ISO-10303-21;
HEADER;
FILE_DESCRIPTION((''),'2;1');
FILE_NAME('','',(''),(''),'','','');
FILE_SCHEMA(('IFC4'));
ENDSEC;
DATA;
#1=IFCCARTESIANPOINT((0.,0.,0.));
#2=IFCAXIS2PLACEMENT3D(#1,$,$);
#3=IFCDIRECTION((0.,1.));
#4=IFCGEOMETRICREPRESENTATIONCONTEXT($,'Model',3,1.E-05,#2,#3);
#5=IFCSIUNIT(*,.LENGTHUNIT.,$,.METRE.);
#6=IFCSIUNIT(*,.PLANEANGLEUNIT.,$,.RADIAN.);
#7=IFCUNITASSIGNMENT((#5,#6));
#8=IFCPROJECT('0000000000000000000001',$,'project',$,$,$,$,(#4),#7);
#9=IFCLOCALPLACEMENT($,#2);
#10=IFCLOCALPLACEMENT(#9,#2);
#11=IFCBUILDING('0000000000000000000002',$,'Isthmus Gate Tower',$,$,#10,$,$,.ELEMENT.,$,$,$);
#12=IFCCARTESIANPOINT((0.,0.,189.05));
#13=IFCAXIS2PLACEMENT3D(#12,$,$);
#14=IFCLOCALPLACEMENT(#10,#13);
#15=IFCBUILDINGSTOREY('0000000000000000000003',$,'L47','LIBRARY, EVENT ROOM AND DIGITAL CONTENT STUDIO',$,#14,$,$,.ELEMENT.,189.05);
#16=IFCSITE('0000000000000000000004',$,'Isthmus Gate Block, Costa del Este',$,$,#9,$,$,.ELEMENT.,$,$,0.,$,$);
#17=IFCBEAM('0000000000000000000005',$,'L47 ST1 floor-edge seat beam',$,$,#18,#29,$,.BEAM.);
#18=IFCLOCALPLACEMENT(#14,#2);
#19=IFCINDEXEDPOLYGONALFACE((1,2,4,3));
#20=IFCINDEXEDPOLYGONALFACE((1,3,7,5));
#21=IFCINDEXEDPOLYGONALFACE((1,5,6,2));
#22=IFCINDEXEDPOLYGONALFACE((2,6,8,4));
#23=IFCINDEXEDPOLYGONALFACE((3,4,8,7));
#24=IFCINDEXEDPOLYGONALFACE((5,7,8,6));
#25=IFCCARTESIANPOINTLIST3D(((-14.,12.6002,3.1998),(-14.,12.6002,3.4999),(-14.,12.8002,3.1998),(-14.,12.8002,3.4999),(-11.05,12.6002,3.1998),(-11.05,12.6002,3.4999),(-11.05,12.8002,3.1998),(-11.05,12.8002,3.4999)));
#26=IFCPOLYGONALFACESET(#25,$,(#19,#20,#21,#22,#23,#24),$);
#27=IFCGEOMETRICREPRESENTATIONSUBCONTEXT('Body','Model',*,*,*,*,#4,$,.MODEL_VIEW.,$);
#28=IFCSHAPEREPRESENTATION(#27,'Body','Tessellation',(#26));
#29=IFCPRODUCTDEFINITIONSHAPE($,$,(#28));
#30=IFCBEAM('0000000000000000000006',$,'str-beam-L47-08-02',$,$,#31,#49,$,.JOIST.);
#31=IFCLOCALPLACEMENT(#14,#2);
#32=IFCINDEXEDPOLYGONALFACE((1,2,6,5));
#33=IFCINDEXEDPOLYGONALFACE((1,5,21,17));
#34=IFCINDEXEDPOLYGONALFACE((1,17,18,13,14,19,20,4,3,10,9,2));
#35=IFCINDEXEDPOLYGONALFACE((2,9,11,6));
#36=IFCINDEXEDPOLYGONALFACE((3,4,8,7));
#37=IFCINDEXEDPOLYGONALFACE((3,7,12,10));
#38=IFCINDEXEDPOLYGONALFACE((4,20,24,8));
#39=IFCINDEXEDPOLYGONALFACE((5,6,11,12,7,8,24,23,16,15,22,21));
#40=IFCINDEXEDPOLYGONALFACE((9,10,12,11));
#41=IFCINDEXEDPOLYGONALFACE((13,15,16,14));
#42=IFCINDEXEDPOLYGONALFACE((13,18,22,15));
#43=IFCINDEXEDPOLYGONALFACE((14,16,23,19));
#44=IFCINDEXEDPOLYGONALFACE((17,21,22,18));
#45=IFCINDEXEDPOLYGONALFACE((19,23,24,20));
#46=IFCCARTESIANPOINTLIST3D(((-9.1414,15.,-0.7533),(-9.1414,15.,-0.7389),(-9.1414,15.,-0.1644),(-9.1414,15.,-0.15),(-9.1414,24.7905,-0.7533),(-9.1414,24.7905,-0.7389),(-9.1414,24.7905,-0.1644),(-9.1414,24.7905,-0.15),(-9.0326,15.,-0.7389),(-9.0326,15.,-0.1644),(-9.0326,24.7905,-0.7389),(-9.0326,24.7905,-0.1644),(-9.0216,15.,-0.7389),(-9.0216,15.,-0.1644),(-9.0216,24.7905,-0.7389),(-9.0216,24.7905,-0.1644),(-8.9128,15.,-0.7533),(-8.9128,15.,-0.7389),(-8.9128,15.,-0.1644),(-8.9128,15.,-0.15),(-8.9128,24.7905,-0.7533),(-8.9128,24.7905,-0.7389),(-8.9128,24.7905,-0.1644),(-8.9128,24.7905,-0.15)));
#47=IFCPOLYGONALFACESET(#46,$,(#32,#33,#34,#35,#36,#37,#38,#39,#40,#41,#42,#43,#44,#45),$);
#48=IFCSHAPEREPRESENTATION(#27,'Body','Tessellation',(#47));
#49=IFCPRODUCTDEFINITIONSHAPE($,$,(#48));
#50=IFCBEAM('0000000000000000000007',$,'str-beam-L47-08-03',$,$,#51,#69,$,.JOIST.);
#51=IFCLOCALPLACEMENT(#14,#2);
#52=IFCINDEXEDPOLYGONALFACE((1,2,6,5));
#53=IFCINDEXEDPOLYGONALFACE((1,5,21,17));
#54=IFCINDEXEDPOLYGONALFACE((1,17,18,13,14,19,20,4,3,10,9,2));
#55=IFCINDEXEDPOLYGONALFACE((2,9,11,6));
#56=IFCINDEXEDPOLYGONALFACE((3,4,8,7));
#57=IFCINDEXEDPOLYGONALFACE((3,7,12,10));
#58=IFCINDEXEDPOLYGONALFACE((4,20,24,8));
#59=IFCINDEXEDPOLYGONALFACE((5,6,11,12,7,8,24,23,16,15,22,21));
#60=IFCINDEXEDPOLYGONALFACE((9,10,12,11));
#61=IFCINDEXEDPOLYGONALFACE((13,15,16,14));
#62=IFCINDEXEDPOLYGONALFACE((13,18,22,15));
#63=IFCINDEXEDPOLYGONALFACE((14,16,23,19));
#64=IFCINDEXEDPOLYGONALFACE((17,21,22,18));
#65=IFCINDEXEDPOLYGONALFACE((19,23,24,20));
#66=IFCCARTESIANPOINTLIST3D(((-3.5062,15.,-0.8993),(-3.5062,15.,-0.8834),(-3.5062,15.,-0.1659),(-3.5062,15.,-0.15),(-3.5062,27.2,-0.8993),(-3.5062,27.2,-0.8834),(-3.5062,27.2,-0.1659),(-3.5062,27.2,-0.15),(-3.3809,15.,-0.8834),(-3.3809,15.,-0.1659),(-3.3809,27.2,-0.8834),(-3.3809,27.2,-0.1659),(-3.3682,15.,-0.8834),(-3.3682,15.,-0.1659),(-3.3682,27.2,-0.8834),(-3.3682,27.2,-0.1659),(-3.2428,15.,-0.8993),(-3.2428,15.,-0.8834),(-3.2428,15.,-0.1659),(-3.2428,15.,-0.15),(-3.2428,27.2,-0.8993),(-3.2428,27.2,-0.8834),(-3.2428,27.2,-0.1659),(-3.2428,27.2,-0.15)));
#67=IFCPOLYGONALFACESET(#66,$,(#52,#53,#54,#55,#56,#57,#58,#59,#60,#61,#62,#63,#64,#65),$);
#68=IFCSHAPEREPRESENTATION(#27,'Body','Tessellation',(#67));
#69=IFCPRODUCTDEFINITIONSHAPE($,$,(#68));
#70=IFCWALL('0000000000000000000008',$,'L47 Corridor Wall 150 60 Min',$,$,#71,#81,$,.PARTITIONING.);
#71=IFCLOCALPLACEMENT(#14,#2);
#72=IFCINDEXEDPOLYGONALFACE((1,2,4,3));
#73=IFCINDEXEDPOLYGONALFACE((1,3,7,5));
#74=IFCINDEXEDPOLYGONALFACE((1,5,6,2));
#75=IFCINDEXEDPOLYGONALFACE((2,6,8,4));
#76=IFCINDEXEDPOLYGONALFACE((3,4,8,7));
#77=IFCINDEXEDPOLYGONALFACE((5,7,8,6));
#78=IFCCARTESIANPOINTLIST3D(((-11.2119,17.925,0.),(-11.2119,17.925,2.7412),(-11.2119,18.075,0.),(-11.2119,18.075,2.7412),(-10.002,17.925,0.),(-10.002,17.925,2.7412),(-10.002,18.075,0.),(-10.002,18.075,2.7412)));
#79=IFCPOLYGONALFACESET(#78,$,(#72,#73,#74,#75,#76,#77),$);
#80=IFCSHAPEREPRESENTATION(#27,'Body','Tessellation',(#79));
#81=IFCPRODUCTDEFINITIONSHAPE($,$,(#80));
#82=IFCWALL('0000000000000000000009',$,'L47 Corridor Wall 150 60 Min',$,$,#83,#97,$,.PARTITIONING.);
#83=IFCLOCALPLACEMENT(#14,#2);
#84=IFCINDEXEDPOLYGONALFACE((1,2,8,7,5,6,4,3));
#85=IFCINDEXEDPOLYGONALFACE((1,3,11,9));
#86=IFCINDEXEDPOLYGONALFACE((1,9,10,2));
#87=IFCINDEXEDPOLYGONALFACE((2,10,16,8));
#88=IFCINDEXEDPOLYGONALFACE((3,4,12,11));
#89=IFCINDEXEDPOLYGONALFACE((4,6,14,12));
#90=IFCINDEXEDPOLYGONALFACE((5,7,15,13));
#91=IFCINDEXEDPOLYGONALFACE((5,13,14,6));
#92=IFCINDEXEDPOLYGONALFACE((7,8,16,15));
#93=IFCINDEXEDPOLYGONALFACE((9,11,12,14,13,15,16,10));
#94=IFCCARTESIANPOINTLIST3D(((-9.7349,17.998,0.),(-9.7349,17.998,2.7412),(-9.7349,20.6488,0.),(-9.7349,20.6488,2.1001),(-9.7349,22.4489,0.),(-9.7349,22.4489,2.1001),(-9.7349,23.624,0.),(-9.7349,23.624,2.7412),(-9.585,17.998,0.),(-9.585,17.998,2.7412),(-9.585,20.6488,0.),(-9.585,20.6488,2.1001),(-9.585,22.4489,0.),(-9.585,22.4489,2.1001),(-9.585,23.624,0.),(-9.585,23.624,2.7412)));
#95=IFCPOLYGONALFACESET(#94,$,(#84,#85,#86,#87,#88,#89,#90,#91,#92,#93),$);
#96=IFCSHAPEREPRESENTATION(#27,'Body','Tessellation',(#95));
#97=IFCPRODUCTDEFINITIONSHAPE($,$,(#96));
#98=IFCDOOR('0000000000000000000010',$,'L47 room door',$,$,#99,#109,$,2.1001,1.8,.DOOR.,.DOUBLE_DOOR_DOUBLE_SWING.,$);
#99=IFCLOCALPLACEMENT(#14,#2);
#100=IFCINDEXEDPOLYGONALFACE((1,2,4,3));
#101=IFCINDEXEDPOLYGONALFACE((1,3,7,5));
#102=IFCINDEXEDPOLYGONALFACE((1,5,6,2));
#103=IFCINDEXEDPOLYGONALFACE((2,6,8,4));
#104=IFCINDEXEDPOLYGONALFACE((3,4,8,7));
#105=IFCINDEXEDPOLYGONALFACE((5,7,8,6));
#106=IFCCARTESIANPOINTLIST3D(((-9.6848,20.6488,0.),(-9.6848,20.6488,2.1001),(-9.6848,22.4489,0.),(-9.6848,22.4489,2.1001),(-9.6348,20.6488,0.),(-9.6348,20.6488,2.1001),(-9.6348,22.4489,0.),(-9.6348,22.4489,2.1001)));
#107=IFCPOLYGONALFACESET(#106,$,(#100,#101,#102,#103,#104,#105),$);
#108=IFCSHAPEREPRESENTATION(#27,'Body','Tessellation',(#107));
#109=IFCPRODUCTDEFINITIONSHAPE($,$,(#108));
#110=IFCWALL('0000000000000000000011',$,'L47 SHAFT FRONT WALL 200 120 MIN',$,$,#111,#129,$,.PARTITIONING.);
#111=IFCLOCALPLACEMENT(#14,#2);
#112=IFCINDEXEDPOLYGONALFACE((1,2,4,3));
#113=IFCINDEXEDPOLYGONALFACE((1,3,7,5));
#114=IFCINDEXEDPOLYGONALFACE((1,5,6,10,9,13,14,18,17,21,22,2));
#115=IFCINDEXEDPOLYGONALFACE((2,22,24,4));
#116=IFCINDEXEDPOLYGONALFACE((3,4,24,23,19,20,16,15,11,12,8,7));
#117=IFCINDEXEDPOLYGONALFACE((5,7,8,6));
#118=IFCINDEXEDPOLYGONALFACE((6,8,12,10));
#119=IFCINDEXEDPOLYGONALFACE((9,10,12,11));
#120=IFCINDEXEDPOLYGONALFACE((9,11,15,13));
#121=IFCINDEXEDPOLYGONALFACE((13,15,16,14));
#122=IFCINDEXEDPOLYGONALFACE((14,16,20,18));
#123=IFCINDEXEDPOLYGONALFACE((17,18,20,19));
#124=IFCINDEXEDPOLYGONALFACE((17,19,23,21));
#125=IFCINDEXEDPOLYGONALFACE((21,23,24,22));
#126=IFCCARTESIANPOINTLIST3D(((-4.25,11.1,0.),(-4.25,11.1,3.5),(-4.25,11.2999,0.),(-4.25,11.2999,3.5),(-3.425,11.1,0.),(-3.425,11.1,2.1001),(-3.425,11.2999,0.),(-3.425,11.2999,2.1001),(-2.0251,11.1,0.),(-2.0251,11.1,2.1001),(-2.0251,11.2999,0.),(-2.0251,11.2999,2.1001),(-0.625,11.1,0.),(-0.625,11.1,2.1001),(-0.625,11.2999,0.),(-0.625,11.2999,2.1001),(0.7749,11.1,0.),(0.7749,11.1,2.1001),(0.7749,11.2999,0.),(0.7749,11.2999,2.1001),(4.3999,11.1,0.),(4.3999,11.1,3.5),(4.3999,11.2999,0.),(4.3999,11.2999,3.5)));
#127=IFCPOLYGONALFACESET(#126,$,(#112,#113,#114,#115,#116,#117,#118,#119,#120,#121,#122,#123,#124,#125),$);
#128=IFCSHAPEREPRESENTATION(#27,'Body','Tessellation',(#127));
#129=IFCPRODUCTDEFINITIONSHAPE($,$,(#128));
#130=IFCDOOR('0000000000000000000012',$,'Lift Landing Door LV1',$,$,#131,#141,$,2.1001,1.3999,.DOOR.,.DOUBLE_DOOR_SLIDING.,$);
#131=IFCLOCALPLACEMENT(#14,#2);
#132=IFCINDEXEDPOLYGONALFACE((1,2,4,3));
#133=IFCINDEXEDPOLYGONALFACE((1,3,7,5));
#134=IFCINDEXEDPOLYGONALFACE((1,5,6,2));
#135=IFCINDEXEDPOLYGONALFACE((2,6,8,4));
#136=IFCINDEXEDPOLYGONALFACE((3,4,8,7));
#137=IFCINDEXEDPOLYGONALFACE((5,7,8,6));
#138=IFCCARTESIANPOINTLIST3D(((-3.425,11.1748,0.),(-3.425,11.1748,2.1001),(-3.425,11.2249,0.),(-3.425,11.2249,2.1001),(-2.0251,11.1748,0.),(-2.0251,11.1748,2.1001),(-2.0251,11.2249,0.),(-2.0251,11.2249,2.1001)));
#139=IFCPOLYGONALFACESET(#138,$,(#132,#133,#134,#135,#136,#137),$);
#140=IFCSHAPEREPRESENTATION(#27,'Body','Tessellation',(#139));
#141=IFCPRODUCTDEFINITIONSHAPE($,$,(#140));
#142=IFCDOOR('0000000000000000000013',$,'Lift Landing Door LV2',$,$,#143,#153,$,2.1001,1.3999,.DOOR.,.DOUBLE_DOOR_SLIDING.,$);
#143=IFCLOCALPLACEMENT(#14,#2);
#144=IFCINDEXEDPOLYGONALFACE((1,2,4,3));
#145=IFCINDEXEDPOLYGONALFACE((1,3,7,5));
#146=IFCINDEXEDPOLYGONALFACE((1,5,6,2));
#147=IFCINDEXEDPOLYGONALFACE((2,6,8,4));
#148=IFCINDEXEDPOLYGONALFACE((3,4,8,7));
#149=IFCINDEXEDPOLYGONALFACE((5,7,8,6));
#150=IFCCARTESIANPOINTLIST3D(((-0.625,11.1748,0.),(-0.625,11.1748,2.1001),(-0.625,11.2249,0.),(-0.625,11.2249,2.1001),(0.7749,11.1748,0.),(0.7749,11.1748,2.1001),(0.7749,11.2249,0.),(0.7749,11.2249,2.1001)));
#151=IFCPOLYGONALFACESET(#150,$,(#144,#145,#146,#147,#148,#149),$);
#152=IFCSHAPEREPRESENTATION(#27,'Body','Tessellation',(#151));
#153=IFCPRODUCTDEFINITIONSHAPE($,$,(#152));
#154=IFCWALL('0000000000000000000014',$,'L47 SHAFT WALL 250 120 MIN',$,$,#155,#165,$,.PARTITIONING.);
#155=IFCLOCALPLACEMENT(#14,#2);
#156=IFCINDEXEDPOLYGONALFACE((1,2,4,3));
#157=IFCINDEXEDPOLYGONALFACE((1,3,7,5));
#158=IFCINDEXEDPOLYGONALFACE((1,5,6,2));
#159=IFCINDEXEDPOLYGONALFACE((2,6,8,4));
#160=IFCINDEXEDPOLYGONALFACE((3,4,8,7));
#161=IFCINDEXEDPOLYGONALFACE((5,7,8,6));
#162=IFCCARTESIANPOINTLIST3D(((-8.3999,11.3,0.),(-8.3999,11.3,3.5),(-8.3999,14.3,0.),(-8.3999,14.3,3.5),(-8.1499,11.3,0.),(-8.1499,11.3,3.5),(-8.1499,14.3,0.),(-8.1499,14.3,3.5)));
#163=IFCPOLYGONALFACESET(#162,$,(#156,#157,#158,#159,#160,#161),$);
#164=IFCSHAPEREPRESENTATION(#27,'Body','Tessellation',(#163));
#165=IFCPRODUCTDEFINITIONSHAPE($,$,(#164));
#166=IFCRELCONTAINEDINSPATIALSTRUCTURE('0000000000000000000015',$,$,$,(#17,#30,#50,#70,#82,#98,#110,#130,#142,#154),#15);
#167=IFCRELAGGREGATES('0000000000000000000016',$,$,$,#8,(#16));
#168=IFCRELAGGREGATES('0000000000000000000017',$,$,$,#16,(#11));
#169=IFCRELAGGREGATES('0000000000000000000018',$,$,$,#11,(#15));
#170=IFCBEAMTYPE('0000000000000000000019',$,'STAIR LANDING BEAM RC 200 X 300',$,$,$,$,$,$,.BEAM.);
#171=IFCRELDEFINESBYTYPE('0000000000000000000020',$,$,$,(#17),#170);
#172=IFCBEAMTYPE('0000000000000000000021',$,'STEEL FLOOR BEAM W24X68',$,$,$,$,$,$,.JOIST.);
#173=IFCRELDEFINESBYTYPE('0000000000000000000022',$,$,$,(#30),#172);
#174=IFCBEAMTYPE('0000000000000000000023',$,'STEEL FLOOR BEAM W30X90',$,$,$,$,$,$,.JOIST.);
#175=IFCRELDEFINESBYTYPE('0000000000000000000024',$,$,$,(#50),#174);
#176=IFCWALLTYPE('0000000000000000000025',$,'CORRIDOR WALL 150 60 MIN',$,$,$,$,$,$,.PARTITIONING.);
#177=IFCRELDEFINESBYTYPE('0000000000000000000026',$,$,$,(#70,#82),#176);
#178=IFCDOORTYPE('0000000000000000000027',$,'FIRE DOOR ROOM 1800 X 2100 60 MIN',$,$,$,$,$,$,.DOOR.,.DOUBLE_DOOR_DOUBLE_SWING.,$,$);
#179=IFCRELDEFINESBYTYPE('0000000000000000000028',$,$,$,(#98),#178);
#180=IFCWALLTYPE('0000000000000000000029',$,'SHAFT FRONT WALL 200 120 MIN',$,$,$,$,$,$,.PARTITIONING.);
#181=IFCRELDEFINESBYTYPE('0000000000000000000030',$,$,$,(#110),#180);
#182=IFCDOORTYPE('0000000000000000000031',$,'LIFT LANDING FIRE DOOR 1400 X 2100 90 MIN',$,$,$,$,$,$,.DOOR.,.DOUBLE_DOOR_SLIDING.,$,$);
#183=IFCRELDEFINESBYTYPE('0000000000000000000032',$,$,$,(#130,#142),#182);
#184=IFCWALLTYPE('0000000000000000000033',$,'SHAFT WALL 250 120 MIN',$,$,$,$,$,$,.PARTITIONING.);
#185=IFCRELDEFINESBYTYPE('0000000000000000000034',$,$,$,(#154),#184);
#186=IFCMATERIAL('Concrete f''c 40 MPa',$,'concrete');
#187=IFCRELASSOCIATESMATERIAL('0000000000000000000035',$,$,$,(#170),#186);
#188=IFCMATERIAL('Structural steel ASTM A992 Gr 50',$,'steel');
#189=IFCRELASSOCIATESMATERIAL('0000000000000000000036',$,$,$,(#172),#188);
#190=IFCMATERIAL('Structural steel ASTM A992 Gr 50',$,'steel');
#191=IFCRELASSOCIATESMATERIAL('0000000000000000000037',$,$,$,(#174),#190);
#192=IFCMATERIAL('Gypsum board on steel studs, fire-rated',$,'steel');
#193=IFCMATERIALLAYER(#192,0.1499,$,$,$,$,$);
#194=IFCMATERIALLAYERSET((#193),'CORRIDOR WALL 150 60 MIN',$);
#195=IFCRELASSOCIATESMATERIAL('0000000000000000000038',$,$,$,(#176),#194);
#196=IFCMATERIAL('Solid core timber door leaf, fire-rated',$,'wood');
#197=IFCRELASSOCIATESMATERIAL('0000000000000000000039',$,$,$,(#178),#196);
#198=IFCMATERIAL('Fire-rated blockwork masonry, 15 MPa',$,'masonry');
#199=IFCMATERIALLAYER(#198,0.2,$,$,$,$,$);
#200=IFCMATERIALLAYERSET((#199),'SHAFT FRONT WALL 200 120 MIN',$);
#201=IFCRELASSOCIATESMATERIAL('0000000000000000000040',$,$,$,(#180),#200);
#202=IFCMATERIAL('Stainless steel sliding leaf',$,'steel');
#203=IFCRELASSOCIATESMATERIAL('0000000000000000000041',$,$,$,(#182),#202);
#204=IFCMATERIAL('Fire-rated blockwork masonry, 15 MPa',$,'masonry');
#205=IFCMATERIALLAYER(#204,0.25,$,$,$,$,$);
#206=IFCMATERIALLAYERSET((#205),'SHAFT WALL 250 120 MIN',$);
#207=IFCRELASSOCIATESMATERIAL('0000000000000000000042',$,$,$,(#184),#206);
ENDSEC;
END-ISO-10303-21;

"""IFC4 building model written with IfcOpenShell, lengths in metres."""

from ifc_helpers import new_model, si_unit, direction, frame, frame_2d, origin, origin_2d, place, context, subcontext, project, spatial, rectangle, i_section, extrude, material, layer, layer_set, material_profile, profile_set, type_object, element, fill, save


model = new_model("IFC4")

# Units and contexts
model_context = context("Model", 3, precision=1e-05, world=origin(), true_north=direction((0.0, 1.0)))
body_context = subcontext(model_context, "Body", "Model", "MODEL_VIEW")
ifc_project = project(units=[si_unit("LENGTHUNIT", "METRE"), si_unit("PLANEANGLEUNIT", "RADIAN")], contexts=[model_context])

# Site, building, storey
site_placement = place(None, origin())
site = spatial("IfcSite", under=ifc_project, at=site_placement, Name="Isthmus Gate Block, Costa del Este", CompositionType="ELEMENT", RefElevation=0.0)
building_placement = place(site_placement, origin())
building = spatial("IfcBuilding", under=site, at=building_placement, Name="Isthmus Gate Tower", CompositionType="ELEMENT")
storey_placement = place(building_placement, frame((0.0, 0.0, 189.05)))
storey = spatial("IfcBuildingStorey", under=building, at=storey_placement, Name="L47", Description="LIBRARY, EVENT ROOM AND DIGITAL CONTENT STUDIO", CompositionType="ELEMENT", Elevation=189.05)

# Beams
ifc_material_1 = material(Name="Concrete f'c 40 MPa", Category="concrete")
ifc_material_profile_1 = material_profile(ifc_material_1, rectangle(XDim=0.2, YDim=0.3, at=origin_2d()), Name="STAIR LANDING BEAM RC 200 X 300")
ifc_profile_set_1 = profile_set([ifc_material_profile_1], Name="Concrete f'c 40 MPa")
beam_type_1 = type_object("IfcBeamType", Name="STAIR LANDING BEAM RC 200 X 300", PredefinedType="BEAM", material=ifc_profile_set_1)
beam_1_placement = place(storey_placement, frame((-14.0, 12.7002, 3.3499), z_axis=(1.0, 0.0, 0.0), x_axis=(0.0, 1.0, 0.0)))
element("IfcBeam", 1, at=beam_1_placement, inside=storey, type_object=beam_type_1, Name="L47 ST1 floor-edge seat beam", PredefinedType="BEAM", context=body_context, shape_type="SweptSolid", body=[
    extrude(rectangle(XDim=0.2, YDim=0.3, at=origin_2d()), origin(), (0.0, 0.0, 1.0), 2.95),
])
ifc_material_2 = material(Name="Structural steel ASTM A992 Gr 50", Category="steel")
ifc_material_profile_2 = material_profile(ifc_material_2, i_section(OverallWidth=0.2285, OverallDepth=0.6033, WebThickness=0.011, FlangeThickness=0.0144, at=origin_2d()), Name="W24X68")
ifc_profile_set_2 = profile_set([ifc_material_profile_2], Name="Structural steel ASTM A992 Gr 50")
beam_type_2 = type_object("IfcBeamType", Name="STEEL FLOOR BEAM W24X68", PredefinedType="JOIST", material=ifc_profile_set_2)
beam_2_placement = place(storey_placement, frame((-9.0271, 15.0, -0.4517), z_axis=(0.0, 1.0, 0.0), x_axis=(-1.0, 0.0, 0.0)))
element("IfcBeam", 2, at=beam_2_placement, inside=storey, type_object=beam_type_2, Name="str-beam-L47-08-02", PredefinedType="JOIST", context=body_context, shape_type="SweptSolid", body=[
    extrude(i_section(OverallWidth=0.2285, OverallDepth=0.6033, WebThickness=0.011, FlangeThickness=0.0144, at=origin_2d()), origin(), (0.0, 0.0, 1.0), 9.7905),
])
ifc_material_3 = material(Name="Structural steel ASTM A992 Gr 50", Category="steel")
ifc_material_profile_3 = material_profile(ifc_material_3, i_section(OverallWidth=0.2634, OverallDepth=0.7493, WebThickness=0.0127, FlangeThickness=0.0159, at=origin_2d()), Name="W30X90")
ifc_profile_set_3 = profile_set([ifc_material_profile_3], Name="Structural steel ASTM A992 Gr 50")
beam_type_3 = type_object("IfcBeamType", Name="STEEL FLOOR BEAM W30X90", PredefinedType="JOIST", material=ifc_profile_set_3)
beam_3_placement = place(storey_placement, frame((-3.3745, 15.0, -0.5247), z_axis=(0.0, 1.0, 0.0), x_axis=(-1.0, 0.0, 0.0)))
element("IfcBeam", 3, at=beam_3_placement, inside=storey, type_object=beam_type_3, Name="str-beam-L47-08-03", PredefinedType="JOIST", context=body_context, shape_type="SweptSolid", body=[
    extrude(i_section(OverallWidth=0.2634, OverallDepth=0.7493, WebThickness=0.0127, FlangeThickness=0.0159, at=origin_2d()), origin(), (0.0, 0.0, 1.0), 12.2),
])

# Wall
ifc_material_4 = material(Name="Gypsum board on steel studs, fire-rated", Category="steel")
ifc_layer_1 = layer(ifc_material_4, 0.1499)
ifc_layer_set_1 = layer_set([ifc_layer_1], Name="CORRIDOR WALL 150 60 MIN")
wall_type_1 = type_object("IfcWallType", Name="CORRIDOR WALL 150 60 MIN", PredefinedType="PARTITIONING", material=ifc_layer_set_1)
wall_1_placement = place(storey_placement, frame((-11.2119, 18.0, 0.0), z_axis=(0.0, 0.0, 1.0), x_axis=(1.0, 0.0, 0.0)))
element("IfcWall", 4, at=wall_1_placement, inside=storey, type_object=wall_type_1, Name="L47 Corridor Wall 150 60 Min", PredefinedType="PARTITIONING", context=body_context, shape_type="SweptSolid", body=[
    extrude(rectangle(XDim=1.21, YDim=0.1499, at=frame_2d((0.605, 0.0))), origin(), (0.0, 0.0, 1.0), 2.7412),
])

# Wall, opening, door
wall_2_placement = place(storey_placement, frame((-9.6599, 17.998, 0.0), z_axis=(0.0, 0.0, 1.0), x_axis=(0.0, 1.0, 0.0)))
wall_2 = element("IfcWall", 5, at=wall_2_placement, inside=storey, type_object=wall_type_1, Name="L47 Corridor Wall 150 60 Min", PredefinedType="PARTITIONING", context=body_context, shape_type="SweptSolid", body=[
    extrude(rectangle(XDim=5.626, YDim=0.1499, at=frame_2d((2.813, 0.0))), origin(), (0.0, 0.0, 1.0), 2.7412),
])
opening_1_placement = place(wall_2_placement, frame((2.6509, 0.0, 0.0)))
opening_1 = element("IfcOpeningElement", 6, at=opening_1_placement, cuts=wall_2, PredefinedType="OPENING", context=body_context, shape_type="SweptSolid", body=[
    extrude(rectangle(XDim=1.8, YDim=2.1001, at=frame_2d((0.8999, 1.05))), frame((0.0, 0.085, 0.0), z_axis=(0.0, -1.0, 0.0), x_axis=(1.0, 0.0, 0.0)), (0.0, 0.0, 1.0), 0.1699),
])
ifc_material_5 = material(Name="Solid core timber door leaf, fire-rated", Category="wood")
door_type_1 = type_object("IfcDoorType", Name="FIRE DOOR ROOM 1800 X 2100 60 MIN", OperationType="DOUBLE_DOOR_DOUBLE_SWING", PredefinedType="DOOR", material=ifc_material_5)
door_1_placement = place(opening_1_placement, origin())
door_1 = element("IfcDoor", 7, at=door_1_placement, inside=storey, type_object=door_type_1, Name="L47 room door", OperationType="DOUBLE_DOOR_DOUBLE_SWING", OverallHeight=2.1001, OverallWidth=1.8, PredefinedType="DOOR", context=body_context, shape_type="SweptSolid", body=[
    extrude(rectangle(XDim=1.8, YDim=2.1001, at=frame_2d((0.8999, 1.05))), frame((0.0, 0.0249, 0.0), z_axis=(0.0, -1.0, 0.0), x_axis=(1.0, 0.0, 0.0)), (0.0, 0.0, 1.0), 0.05),
])
fill(opening_1, door_1)

# Wall, openings, doors
ifc_material_6 = material(Name="Fire-rated blockwork masonry, 15 MPa", Category="masonry")
ifc_layer_2 = layer(ifc_material_6, 0.2)
ifc_layer_set_2 = layer_set([ifc_layer_2], Name="SHAFT FRONT WALL 200 120 MIN")
wall_type_2 = type_object("IfcWallType", Name="SHAFT FRONT WALL 200 120 MIN", PredefinedType="PARTITIONING", material=ifc_layer_set_2)
wall_3_placement = place(storey_placement, frame((-4.25, 11.2, 0.0), z_axis=(0.0, 0.0, 1.0), x_axis=(1.0, 0.0, 0.0)))
wall_3 = element("IfcWall", 8, at=wall_3_placement, inside=storey, type_object=wall_type_2, Name="L47 SHAFT FRONT WALL 200 120 MIN", PredefinedType="PARTITIONING", context=body_context, shape_type="SweptSolid", body=[
    extrude(rectangle(XDim=8.6499, YDim=0.2, at=frame_2d((4.325, 0.0))), origin(), (0.0, 0.0, 1.0), 3.5),
])
opening_2_placement = place(wall_3_placement, frame((0.825, 0.0, 0.0)))
opening_2 = element("IfcOpeningElement", 9, at=opening_2_placement, cuts=wall_3, PredefinedType="OPENING", context=body_context, shape_type="SweptSolid", body=[
    extrude(rectangle(XDim=1.3999, YDim=2.1001, at=frame_2d((0.7, 1.05))), frame((0.0, 0.1099, 0.0), z_axis=(0.0, -1.0, 0.0), x_axis=(1.0, 0.0, 0.0)), (0.0, 0.0, 1.0), 0.22),
])
opening_3_placement = place(wall_3_placement, frame((3.625, 0.0, 0.0)))
opening_3 = element("IfcOpeningElement", 10, at=opening_3_placement, cuts=wall_3, PredefinedType="OPENING", context=body_context, shape_type="SweptSolid", body=[
    extrude(rectangle(XDim=1.3999, YDim=2.1001, at=frame_2d((0.7, 1.05))), frame((0.0, 0.1099, 0.0), z_axis=(0.0, -1.0, 0.0), x_axis=(1.0, 0.0, 0.0)), (0.0, 0.0, 1.0), 0.22),
])
ifc_material_7 = material(Name="Stainless steel sliding leaf", Category="steel")
door_type_2 = type_object("IfcDoorType", Name="LIFT LANDING FIRE DOOR 1400 X 2100 90 MIN", OperationType="DOUBLE_DOOR_SLIDING", PredefinedType="DOOR", material=ifc_material_7)
door_2_placement = place(opening_2_placement, origin())
door_2 = element("IfcDoor", 11, at=door_2_placement, inside=storey, type_object=door_type_2, Name="Lift Landing Door LV1", OperationType="DOUBLE_DOOR_SLIDING", OverallHeight=2.1001, OverallWidth=1.3999, PredefinedType="DOOR", context=body_context, shape_type="SweptSolid", body=[
    extrude(rectangle(XDim=1.3999, YDim=2.1001, at=frame_2d((0.7, 1.05))), frame((0.0, 0.0249, 0.0), z_axis=(0.0, -1.0, 0.0), x_axis=(1.0, 0.0, 0.0)), (0.0, 0.0, 1.0), 0.05),
])
fill(opening_2, door_2)
door_3_placement = place(opening_3_placement, origin())
door_3 = element("IfcDoor", 12, at=door_3_placement, inside=storey, type_object=door_type_2, Name="Lift Landing Door LV2", OperationType="DOUBLE_DOOR_SLIDING", OverallHeight=2.1001, OverallWidth=1.3999, PredefinedType="DOOR", context=body_context, shape_type="SweptSolid", body=[
    extrude(rectangle(XDim=1.3999, YDim=2.1001, at=frame_2d((0.7, 1.05))), frame((0.0, 0.0249, 0.0), z_axis=(0.0, -1.0, 0.0), x_axis=(1.0, 0.0, 0.0)), (0.0, 0.0, 1.0), 0.05),
])
fill(opening_3, door_3)

# Wall
ifc_material_8 = material(Name="Fire-rated blockwork masonry, 15 MPa", Category="masonry")
ifc_layer_3 = layer(ifc_material_8, 0.25)
ifc_layer_set_3 = layer_set([ifc_layer_3], Name="SHAFT WALL 250 120 MIN")
wall_type_3 = type_object("IfcWallType", Name="SHAFT WALL 250 120 MIN", PredefinedType="PARTITIONING", material=ifc_layer_set_3)
for number, where, z_axis, x_axis, name in (
    (13, (-8.2749, 11.3, 0.0), (0.0, 0.0, 1.0), (0.0, 1.0, 0.0), "L47 SHAFT WALL 250 120 MIN"),
):
    element("IfcWall", number, at=place(storey_placement, frame(where, z_axis=z_axis, x_axis=x_axis)), inside=storey, type_object=wall_type_3, Name=name, PredefinedType="PARTITIONING", context=body_context, shape_type="SweptSolid", body=[
        extrude(rectangle(XDim=3.0, YDim=0.25, at=frame_2d((1.5, 0.0))), origin(), (0.0, 0.0, 1.0), 3.5),
    ])

save(model, "model.ifc")
